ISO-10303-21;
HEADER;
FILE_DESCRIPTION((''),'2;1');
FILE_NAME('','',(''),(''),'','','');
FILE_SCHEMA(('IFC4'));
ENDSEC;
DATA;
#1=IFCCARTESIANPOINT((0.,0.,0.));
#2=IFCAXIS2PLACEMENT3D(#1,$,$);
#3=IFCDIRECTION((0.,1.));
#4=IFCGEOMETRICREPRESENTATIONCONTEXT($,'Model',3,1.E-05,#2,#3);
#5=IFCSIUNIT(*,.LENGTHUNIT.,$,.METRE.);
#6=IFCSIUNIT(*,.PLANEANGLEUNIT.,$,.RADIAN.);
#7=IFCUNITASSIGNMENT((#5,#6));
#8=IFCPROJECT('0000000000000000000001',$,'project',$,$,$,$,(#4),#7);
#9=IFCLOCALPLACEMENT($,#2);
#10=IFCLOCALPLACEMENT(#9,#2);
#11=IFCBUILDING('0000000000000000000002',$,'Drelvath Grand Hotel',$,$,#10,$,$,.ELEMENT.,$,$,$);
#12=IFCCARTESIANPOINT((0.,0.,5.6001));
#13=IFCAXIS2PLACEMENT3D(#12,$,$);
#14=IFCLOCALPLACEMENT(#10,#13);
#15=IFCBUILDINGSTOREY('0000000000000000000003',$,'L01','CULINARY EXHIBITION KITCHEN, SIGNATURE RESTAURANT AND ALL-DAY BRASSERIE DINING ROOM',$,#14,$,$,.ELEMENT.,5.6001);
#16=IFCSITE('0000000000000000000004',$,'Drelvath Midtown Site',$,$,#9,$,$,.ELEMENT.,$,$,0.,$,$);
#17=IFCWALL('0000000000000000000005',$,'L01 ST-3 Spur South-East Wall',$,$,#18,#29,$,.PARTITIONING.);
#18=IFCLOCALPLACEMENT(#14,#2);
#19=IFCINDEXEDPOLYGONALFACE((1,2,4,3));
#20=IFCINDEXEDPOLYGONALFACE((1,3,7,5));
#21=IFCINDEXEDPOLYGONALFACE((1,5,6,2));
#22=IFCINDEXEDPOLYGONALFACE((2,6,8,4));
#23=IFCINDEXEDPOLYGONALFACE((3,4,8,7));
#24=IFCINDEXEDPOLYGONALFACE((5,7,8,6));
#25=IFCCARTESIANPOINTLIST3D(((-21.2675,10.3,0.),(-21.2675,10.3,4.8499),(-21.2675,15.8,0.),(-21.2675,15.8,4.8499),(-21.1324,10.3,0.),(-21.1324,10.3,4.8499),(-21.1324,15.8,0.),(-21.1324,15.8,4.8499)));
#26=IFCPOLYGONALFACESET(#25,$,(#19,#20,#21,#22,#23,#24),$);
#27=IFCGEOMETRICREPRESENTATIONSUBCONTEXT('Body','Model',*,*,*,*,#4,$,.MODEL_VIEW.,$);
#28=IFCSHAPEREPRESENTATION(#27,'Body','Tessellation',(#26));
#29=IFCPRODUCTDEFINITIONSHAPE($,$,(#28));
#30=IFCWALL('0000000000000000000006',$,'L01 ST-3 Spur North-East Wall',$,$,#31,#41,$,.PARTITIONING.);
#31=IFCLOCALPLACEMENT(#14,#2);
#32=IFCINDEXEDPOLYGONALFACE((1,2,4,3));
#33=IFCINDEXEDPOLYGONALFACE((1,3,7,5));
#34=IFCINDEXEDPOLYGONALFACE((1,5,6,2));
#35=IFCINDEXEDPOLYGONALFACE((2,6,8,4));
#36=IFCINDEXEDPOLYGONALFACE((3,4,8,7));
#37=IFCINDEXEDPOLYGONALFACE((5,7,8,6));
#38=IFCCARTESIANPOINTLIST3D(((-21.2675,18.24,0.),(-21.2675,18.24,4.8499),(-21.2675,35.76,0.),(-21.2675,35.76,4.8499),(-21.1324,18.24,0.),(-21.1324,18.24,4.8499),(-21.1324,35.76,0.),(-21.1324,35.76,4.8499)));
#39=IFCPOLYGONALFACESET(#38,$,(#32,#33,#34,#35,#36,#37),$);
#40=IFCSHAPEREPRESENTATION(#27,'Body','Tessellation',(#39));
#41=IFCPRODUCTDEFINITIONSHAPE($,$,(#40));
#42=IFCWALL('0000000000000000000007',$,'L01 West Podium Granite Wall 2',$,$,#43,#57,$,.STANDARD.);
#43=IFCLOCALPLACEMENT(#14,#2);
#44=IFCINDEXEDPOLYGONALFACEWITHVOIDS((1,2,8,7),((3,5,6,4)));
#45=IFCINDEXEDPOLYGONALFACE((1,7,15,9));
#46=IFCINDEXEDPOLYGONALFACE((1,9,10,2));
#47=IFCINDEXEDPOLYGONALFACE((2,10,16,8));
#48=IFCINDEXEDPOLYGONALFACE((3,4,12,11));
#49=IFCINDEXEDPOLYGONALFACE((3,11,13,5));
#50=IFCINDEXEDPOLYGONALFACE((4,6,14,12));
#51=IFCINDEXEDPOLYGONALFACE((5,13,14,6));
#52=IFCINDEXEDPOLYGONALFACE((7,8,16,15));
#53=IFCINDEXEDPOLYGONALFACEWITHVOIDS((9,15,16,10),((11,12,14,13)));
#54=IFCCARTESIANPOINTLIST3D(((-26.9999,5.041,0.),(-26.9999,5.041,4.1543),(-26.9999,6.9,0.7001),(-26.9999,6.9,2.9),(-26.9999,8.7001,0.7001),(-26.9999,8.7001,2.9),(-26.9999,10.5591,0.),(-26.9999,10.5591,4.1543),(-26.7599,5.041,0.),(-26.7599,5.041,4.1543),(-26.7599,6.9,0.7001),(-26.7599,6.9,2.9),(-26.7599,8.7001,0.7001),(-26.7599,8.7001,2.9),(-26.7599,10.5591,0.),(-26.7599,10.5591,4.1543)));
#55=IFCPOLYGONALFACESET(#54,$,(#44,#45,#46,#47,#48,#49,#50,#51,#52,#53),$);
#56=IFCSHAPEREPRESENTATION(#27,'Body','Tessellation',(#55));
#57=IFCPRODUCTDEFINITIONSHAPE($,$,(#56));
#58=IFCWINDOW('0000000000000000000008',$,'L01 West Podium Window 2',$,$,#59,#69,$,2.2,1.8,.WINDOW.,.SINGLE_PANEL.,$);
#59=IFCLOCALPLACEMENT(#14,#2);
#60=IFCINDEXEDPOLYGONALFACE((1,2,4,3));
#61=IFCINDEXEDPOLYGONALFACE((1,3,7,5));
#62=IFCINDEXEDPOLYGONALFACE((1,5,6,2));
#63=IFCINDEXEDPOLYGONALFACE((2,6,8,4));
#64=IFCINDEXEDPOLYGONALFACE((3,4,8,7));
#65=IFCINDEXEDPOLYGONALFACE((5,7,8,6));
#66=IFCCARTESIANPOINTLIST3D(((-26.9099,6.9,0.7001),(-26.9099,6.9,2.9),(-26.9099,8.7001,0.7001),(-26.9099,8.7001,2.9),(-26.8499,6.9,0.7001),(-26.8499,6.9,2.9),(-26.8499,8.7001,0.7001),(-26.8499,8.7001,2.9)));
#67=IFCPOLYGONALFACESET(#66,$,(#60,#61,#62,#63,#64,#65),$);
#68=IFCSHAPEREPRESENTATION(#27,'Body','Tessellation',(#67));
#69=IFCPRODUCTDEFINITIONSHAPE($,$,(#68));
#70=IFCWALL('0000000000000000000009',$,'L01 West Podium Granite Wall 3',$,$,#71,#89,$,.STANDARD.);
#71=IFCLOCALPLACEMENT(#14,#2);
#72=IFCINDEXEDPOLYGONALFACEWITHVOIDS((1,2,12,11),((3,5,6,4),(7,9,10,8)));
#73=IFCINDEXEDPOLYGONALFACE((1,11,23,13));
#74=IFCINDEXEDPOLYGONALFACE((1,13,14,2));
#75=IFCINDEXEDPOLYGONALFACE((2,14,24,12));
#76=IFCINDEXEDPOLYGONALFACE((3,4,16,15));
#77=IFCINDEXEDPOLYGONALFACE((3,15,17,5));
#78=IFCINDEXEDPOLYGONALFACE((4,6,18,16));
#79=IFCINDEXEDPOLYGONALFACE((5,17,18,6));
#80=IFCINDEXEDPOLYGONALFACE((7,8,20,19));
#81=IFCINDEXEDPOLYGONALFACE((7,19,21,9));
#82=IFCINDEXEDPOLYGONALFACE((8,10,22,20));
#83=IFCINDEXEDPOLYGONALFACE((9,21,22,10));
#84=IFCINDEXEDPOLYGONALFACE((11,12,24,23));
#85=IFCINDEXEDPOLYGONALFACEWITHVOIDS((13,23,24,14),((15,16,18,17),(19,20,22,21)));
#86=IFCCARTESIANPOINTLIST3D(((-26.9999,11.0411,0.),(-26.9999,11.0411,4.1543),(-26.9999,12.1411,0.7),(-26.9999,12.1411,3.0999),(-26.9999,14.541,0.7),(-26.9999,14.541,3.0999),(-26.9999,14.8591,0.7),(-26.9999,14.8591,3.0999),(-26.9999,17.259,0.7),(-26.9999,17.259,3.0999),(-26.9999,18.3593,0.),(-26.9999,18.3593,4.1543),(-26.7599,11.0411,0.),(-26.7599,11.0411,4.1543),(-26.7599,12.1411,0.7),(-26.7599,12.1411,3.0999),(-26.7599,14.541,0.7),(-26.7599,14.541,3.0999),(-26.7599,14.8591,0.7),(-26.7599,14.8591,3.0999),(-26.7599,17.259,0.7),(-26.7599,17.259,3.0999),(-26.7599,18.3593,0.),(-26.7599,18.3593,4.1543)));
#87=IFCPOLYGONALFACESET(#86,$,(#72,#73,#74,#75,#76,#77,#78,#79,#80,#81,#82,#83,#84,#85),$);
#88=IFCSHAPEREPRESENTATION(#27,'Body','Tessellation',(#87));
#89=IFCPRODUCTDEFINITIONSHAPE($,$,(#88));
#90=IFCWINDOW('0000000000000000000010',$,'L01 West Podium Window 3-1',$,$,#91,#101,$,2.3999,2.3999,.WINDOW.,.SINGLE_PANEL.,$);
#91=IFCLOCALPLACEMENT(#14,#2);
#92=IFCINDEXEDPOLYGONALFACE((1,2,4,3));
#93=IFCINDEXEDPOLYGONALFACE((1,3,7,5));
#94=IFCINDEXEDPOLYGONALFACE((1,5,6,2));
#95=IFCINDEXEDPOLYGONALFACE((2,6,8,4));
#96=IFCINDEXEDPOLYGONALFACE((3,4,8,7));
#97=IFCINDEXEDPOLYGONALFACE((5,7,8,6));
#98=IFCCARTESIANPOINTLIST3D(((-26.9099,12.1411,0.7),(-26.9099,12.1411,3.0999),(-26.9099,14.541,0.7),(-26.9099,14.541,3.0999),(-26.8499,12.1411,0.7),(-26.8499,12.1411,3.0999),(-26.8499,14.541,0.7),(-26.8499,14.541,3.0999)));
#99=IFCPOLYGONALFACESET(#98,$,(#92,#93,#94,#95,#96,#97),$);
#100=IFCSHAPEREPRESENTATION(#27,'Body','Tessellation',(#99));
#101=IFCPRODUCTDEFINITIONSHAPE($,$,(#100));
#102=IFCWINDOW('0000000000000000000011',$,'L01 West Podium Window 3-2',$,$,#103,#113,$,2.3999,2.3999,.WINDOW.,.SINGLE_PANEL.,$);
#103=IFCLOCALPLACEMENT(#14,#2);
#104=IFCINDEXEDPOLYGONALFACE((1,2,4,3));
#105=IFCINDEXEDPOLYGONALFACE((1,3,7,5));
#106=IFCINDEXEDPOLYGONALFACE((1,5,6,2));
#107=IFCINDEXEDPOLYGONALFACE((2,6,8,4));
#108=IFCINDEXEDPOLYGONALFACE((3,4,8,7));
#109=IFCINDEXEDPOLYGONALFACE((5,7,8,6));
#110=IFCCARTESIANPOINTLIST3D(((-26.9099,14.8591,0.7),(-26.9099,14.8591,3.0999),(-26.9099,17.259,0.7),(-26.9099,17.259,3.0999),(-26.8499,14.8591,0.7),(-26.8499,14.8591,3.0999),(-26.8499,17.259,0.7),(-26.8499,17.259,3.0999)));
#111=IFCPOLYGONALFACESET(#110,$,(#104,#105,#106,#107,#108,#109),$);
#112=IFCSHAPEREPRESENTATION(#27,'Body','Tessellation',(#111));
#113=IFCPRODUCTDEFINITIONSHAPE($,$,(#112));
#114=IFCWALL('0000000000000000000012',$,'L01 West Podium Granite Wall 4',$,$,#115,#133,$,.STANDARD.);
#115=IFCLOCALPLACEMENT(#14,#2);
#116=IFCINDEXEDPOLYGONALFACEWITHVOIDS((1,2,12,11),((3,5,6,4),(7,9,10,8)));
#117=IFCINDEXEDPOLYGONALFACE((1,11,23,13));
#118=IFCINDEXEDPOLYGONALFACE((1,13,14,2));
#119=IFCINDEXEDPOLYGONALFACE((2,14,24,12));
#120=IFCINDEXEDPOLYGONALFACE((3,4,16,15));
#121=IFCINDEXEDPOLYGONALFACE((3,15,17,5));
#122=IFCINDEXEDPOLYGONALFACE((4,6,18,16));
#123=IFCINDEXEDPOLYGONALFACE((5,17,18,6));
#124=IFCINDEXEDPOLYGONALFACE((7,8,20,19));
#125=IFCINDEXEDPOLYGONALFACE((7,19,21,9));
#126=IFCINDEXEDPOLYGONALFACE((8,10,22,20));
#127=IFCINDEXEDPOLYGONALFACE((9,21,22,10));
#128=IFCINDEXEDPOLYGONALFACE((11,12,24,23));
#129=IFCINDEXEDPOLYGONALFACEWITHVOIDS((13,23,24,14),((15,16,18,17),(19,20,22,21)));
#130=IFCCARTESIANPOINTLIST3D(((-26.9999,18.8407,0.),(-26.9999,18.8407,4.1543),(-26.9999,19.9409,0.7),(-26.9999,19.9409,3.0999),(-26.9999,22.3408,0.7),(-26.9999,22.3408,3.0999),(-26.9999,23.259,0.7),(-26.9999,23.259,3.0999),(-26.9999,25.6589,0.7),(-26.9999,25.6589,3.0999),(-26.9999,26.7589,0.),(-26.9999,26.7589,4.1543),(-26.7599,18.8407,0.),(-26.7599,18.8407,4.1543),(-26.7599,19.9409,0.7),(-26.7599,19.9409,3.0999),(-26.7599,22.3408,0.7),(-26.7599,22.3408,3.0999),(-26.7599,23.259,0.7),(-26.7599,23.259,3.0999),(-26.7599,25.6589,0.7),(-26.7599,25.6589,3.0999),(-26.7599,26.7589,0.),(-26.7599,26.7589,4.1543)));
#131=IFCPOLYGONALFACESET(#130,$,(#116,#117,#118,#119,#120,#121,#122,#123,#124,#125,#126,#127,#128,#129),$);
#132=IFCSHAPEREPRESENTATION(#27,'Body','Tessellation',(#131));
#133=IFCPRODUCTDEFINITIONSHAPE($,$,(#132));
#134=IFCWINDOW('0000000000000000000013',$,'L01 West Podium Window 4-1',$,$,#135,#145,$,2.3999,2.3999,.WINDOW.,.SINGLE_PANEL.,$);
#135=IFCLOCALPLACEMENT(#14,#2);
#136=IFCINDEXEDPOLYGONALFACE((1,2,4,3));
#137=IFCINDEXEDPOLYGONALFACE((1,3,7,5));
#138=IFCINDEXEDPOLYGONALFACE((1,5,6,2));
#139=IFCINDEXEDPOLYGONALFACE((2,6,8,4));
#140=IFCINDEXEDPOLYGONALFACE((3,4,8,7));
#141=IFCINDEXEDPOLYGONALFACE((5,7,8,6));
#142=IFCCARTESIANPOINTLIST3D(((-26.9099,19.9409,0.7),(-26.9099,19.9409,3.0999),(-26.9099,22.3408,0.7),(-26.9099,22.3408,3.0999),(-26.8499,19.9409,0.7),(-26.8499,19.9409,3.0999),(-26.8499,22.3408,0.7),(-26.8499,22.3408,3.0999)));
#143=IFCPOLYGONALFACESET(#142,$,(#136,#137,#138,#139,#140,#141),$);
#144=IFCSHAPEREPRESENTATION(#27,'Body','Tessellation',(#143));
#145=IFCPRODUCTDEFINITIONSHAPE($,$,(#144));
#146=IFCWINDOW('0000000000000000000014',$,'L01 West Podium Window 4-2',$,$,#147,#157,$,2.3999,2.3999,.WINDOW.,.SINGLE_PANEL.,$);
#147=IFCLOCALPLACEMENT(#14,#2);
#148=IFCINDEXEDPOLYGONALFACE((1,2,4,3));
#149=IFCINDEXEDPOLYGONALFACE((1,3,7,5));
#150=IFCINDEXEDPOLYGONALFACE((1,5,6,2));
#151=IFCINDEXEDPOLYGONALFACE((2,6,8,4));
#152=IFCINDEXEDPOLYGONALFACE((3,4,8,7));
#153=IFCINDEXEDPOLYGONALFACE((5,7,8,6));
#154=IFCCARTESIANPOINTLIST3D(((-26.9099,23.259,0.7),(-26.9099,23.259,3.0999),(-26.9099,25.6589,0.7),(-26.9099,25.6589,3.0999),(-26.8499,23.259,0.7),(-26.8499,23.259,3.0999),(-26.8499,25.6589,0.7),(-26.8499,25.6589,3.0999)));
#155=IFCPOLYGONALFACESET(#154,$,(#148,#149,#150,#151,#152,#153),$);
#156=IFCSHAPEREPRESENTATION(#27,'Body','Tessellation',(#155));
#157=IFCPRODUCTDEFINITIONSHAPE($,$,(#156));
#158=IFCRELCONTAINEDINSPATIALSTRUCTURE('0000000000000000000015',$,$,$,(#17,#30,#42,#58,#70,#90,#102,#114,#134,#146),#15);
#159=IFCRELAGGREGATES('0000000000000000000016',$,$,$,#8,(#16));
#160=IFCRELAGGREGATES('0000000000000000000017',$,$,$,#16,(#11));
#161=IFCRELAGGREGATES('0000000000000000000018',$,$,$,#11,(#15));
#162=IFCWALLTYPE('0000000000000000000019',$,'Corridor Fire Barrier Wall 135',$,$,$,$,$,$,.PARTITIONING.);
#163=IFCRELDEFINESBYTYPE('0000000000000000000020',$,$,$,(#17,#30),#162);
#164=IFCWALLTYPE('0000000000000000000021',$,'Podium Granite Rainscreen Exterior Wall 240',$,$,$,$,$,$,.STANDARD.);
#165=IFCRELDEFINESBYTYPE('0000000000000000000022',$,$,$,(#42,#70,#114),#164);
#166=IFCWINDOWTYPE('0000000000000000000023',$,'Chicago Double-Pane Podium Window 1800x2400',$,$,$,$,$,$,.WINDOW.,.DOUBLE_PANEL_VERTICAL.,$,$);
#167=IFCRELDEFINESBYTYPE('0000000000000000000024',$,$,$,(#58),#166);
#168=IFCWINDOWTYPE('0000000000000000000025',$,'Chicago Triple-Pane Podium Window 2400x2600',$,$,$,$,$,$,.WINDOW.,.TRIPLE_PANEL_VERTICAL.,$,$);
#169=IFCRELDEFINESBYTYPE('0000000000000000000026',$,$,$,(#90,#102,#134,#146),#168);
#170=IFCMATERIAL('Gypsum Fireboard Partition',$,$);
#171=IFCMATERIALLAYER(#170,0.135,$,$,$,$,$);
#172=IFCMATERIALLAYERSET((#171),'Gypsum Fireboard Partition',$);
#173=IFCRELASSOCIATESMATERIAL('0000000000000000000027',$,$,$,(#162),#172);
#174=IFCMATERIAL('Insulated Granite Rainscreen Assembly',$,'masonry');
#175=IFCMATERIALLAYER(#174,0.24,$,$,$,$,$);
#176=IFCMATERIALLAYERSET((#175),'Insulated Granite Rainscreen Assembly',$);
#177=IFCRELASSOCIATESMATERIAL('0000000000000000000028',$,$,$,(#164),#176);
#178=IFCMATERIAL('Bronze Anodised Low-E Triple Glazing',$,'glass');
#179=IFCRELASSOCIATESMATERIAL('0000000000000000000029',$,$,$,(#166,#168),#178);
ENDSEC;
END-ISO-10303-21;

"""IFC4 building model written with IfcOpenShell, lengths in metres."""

from ifc_helpers import new_model, si_unit, direction, frame, frame_2d, origin, place, context, subcontext, project, spatial, rectangle, extrude, material, layer, layer_set, type_object, element, fill, save


model = new_model("IFC4")

# Units and contexts
model_context = context("Model", 3, precision=1e-05, world=origin(), true_north=direction((0.0, 1.0)))
body_context = subcontext(model_context, "Body", "Model", "MODEL_VIEW")
ifc_project = project(units=[si_unit("LENGTHUNIT", "METRE"), si_unit("PLANEANGLEUNIT", "RADIAN")], contexts=[model_context])

# Site, building, storey
site_placement = place(None, origin())
site = spatial("IfcSite", under=ifc_project, at=site_placement, Name="Drelvath Midtown Site", CompositionType="ELEMENT", RefElevation=0.0)
building_placement = place(site_placement, origin())
building = spatial("IfcBuilding", under=site, at=building_placement, Name="Drelvath Grand Hotel", CompositionType="ELEMENT")
storey_placement = place(building_placement, frame((0.0, 0.0, 5.6001)))
storey = spatial("IfcBuildingStorey", under=building, at=storey_placement, Name="L01", Description="CULINARY EXHIBITION KITCHEN, SIGNATURE RESTAURANT AND ALL-DAY BRASSERIE DINING ROOM", CompositionType="ELEMENT", Elevation=5.6001)

# Shared definitions
ifc_material_1 = material(Name="Gypsum Fireboard Partition")
ifc_layer_1 = layer(ifc_material_1, 0.135)
ifc_layer_set_1 = layer_set([ifc_layer_1], Name="Gypsum Fireboard Partition")
wall_type_1 = type_object("IfcWallType", Name="Corridor Fire Barrier Wall 135", PredefinedType="PARTITIONING", material=ifc_layer_set_1)

# Walls
wall_1_placement = place(storey_placement, frame((-21.2, 10.3, 0.0), z_axis=(0.0, 0.0, 1.0), x_axis=(0.0, 1.0, 0.0)))
element("IfcWall", 1, at=wall_1_placement, inside=storey, type_object=wall_type_1, Name="L01 ST-3 Spur South-East Wall", PredefinedType="PARTITIONING", context=body_context, shape_type="SweptSolid", body=[
    extrude(rectangle(XDim=5.5, YDim=0.135, at=frame_2d((2.75, 0.0))), origin(), (0.0, 0.0, 1.0), 4.8499),
])
wall_2_placement = place(storey_placement, frame((-21.2, 18.24, 0.0), z_axis=(0.0, 0.0, 1.0), x_axis=(0.0, 1.0, 0.0)))
element("IfcWall", 2, at=wall_2_placement, inside=storey, type_object=wall_type_1, Name="L01 ST-3 Spur North-East Wall", PredefinedType="PARTITIONING", context=body_context, shape_type="SweptSolid", body=[
    extrude(rectangle(XDim=17.52, YDim=0.135, at=frame_2d((8.76, 0.0))), origin(), (0.0, 0.0, 1.0), 4.8499),
])

# Wall, opening, window
ifc_material_2 = material(Name="Insulated Granite Rainscreen Assembly", Category="masonry")
ifc_layer_2 = layer(ifc_material_2, 0.24)
ifc_layer_set_2 = layer_set([ifc_layer_2], Name="Insulated Granite Rainscreen Assembly")
wall_type_2 = type_object("IfcWallType", Name="Podium Granite Rainscreen Exterior Wall 240", PredefinedType="STANDARD", material=ifc_layer_set_2)
wall_3_placement = place(storey_placement, frame((-26.8799, 5.041, 0.0), z_axis=(0.0, 0.0, 1.0), x_axis=(0.0, 1.0, 0.0)))
wall_3 = element("IfcWall", 3, at=wall_3_placement, inside=storey, type_object=wall_type_2, Name="L01 West Podium Granite Wall 2", PredefinedType="STANDARD", context=body_context, shape_type="SweptSolid", body=[
    extrude(rectangle(XDim=5.5181, YDim=0.24, at=frame_2d((2.759, 0.0))), origin(), (0.0, 0.0, 1.0), 4.1543),
])
opening_1_placement = place(wall_3_placement, frame((1.8591, 0.0, 0.7)))
opening_1 = element("IfcOpeningElement", 4, at=opening_1_placement, cuts=wall_3, PredefinedType="OPENING", context=body_context, shape_type="SweptSolid", body=[
    extrude(rectangle(XDim=1.8, YDim=2.2, at=frame_2d((0.8999, 1.1001))), frame((0.0, 0.1299, 0.0), z_axis=(0.0, -1.0, 0.0), x_axis=(1.0, 0.0, 0.0)), (0.0, 0.0, 1.0), 0.26),
])
ifc_material_3 = material(Name="Bronze Anodised Low-E Triple Glazing", Category="glass")
window_type_1 = type_object("IfcWindowType", Name="Chicago Double-Pane Podium Window 1800x2400", PartitioningType="DOUBLE_PANEL_VERTICAL", PredefinedType="WINDOW", material=ifc_material_3)
window_1_placement = place(opening_1_placement, origin())
window_1 = element("IfcWindow", 5, at=window_1_placement, inside=storey, type_object=window_type_1, Name="L01 West Podium Window 2", OverallHeight=2.2, OverallWidth=1.8, PartitioningType="SINGLE_PANEL", PredefinedType="WINDOW", context=body_context, shape_type="SweptSolid", body=[
    extrude(rectangle(XDim=1.8, YDim=2.2, at=frame_2d((0.8999, 1.1001))), frame((0.0, 0.03, 0.0), z_axis=(0.0, -1.0, 0.0), x_axis=(1.0, 0.0, 0.0)), (0.0, 0.0, 1.0), 0.0601),
])
fill(opening_1, window_1)

# Walls, openings, windows
wall_4_placement = place(storey_placement, frame((-26.8799, 11.041, 0.0), z_axis=(0.0, 0.0, 1.0), x_axis=(0.0, 1.0, 0.0)))
wall_4 = element("IfcWall", 6, at=wall_4_placement, inside=storey, type_object=wall_type_2, Name="L01 West Podium Granite Wall 3", PredefinedType="STANDARD", context=body_context, shape_type="SweptSolid", body=[
    extrude(rectangle(XDim=7.3181, YDim=0.24, at=frame_2d((3.6592, 0.0))), origin(), (0.0, 0.0, 1.0), 4.1543),
])
opening_2_placement = place(wall_4_placement, frame((1.1001, 0.0, 0.7)))
opening_2 = element("IfcOpeningElement", 7, at=opening_2_placement, cuts=wall_4, PredefinedType="OPENING", context=body_context, shape_type="SweptSolid", body=[
    extrude(rectangle(XDim=2.3999, YDim=2.3999, at=frame_2d((1.2, 1.2))), frame((0.0, 0.1299, 0.0), z_axis=(0.0, -1.0, 0.0), x_axis=(1.0, 0.0, 0.0)), (0.0, 0.0, 1.0), 0.26),
])
opening_3_placement = place(wall_4_placement, frame((3.8181, 0.0, 0.7)))
opening_3 = element("IfcOpeningElement", 8, at=opening_3_placement, cuts=wall_4, PredefinedType="OPENING", context=body_context, shape_type="SweptSolid", body=[
    extrude(rectangle(XDim=2.3999, YDim=2.3999, at=frame_2d((1.2, 1.2))), frame((0.0, 0.1299, 0.0), z_axis=(0.0, -1.0, 0.0), x_axis=(1.0, 0.0, 0.0)), (0.0, 0.0, 1.0), 0.26),
])
window_type_2 = type_object("IfcWindowType", Name="Chicago Triple-Pane Podium Window 2400x2600", PartitioningType="TRIPLE_PANEL_VERTICAL", PredefinedType="WINDOW", material=ifc_material_3)
window_2_placement = place(opening_2_placement, origin())
window_2 = element("IfcWindow", 9, at=window_2_placement, inside=storey, type_object=window_type_2, Name="L01 West Podium Window 3-1", OverallHeight=2.3999, OverallWidth=2.3999, PartitioningType="SINGLE_PANEL", PredefinedType="WINDOW", context=body_context, shape_type="SweptSolid", body=[
    extrude(rectangle(XDim=2.3999, YDim=2.3999, at=frame_2d((1.2, 1.2))), frame((0.0, 0.03, 0.0), z_axis=(0.0, -1.0, 0.0), x_axis=(1.0, 0.0, 0.0)), (0.0, 0.0, 1.0), 0.0601),
])
fill(opening_2, window_2)
window_3_placement = place(opening_3_placement, origin())
window_3 = element("IfcWindow", 10, at=window_3_placement, inside=storey, type_object=window_type_2, Name="L01 West Podium Window 3-2", OverallHeight=2.3999, OverallWidth=2.3999, PartitioningType="SINGLE_PANEL", PredefinedType="WINDOW", context=body_context, shape_type="SweptSolid", body=[
    extrude(rectangle(XDim=2.3999, YDim=2.3999, at=frame_2d((1.2, 1.2))), frame((0.0, 0.03, 0.0), z_axis=(0.0, -1.0, 0.0), x_axis=(1.0, 0.0, 0.0)), (0.0, 0.0, 1.0), 0.0601),
])
fill(opening_3, window_3)
wall_5_placement = place(storey_placement, frame((-26.8799, 18.8408, 0.0), z_axis=(0.0, 0.0, 1.0), x_axis=(0.0, 1.0, 0.0)))
wall_5 = element("IfcWall", 11, at=wall_5_placement, inside=storey, type_object=wall_type_2, Name="L01 West Podium Granite Wall 4", PredefinedType="STANDARD", context=body_context, shape_type="SweptSolid", body=[
    extrude(rectangle(XDim=7.9182, YDim=0.24, at=frame_2d((3.959, 0.0))), origin(), (0.0, 0.0, 1.0), 4.1543),
])
opening_4_placement = place(wall_5_placement, frame((1.1001, 0.0, 0.7)))
opening_4 = element("IfcOpeningElement", 12, at=opening_4_placement, cuts=wall_5, PredefinedType="OPENING", context=body_context, shape_type="SweptSolid", body=[
    extrude(rectangle(XDim=2.3999, YDim=2.3999, at=frame_2d((1.2, 1.2))), frame((0.0, 0.1299, 0.0), z_axis=(0.0, -1.0, 0.0), x_axis=(1.0, 0.0, 0.0)), (0.0, 0.0, 1.0), 0.26),
])
opening_5_placement = place(wall_5_placement, frame((4.4182, 0.0, 0.7)))
opening_5 = element("IfcOpeningElement", 13, at=opening_5_placement, cuts=wall_5, PredefinedType="OPENING", context=body_context, shape_type="SweptSolid", body=[
    extrude(rectangle(XDim=2.3999, YDim=2.3999, at=frame_2d((1.2, 1.2))), frame((0.0, 0.1299, 0.0), z_axis=(0.0, -1.0, 0.0), x_axis=(1.0, 0.0, 0.0)), (0.0, 0.0, 1.0), 0.26),
])
window_4_placement = place(opening_4_placement, origin())
window_4 = element("IfcWindow", 14, at=window_4_placement, inside=storey, type_object=window_type_2, Name="L01 West Podium Window 4-1", OverallHeight=2.3999, OverallWidth=2.3999, PartitioningType="SINGLE_PANEL", PredefinedType="WINDOW", context=body_context, shape_type="SweptSolid", body=[
    extrude(rectangle(XDim=2.3999, YDim=2.3999, at=frame_2d((1.2, 1.2))), frame((0.0, 0.03, 0.0), z_axis=(0.0, -1.0, 0.0), x_axis=(1.0, 0.0, 0.0)), (0.0, 0.0, 1.0), 0.0601),
])
fill(opening_4, window_4)
window_5_placement = place(opening_5_placement, origin())
window_5 = element("IfcWindow", 15, at=window_5_placement, inside=storey, type_object=window_type_2, Name="L01 West Podium Window 4-2", OverallHeight=2.3999, OverallWidth=2.3999, PartitioningType="SINGLE_PANEL", PredefinedType="WINDOW", context=body_context, shape_type="SweptSolid", body=[
    extrude(rectangle(XDim=2.3999, YDim=2.3999, at=frame_2d((1.2, 1.2))), frame((0.0, 0.03, 0.0), z_axis=(0.0, -1.0, 0.0), x_axis=(1.0, 0.0, 0.0)), (0.0, 0.0, 1.0), 0.0601),
])
fill(opening_5, window_5)

save(model, "model.ifc")
